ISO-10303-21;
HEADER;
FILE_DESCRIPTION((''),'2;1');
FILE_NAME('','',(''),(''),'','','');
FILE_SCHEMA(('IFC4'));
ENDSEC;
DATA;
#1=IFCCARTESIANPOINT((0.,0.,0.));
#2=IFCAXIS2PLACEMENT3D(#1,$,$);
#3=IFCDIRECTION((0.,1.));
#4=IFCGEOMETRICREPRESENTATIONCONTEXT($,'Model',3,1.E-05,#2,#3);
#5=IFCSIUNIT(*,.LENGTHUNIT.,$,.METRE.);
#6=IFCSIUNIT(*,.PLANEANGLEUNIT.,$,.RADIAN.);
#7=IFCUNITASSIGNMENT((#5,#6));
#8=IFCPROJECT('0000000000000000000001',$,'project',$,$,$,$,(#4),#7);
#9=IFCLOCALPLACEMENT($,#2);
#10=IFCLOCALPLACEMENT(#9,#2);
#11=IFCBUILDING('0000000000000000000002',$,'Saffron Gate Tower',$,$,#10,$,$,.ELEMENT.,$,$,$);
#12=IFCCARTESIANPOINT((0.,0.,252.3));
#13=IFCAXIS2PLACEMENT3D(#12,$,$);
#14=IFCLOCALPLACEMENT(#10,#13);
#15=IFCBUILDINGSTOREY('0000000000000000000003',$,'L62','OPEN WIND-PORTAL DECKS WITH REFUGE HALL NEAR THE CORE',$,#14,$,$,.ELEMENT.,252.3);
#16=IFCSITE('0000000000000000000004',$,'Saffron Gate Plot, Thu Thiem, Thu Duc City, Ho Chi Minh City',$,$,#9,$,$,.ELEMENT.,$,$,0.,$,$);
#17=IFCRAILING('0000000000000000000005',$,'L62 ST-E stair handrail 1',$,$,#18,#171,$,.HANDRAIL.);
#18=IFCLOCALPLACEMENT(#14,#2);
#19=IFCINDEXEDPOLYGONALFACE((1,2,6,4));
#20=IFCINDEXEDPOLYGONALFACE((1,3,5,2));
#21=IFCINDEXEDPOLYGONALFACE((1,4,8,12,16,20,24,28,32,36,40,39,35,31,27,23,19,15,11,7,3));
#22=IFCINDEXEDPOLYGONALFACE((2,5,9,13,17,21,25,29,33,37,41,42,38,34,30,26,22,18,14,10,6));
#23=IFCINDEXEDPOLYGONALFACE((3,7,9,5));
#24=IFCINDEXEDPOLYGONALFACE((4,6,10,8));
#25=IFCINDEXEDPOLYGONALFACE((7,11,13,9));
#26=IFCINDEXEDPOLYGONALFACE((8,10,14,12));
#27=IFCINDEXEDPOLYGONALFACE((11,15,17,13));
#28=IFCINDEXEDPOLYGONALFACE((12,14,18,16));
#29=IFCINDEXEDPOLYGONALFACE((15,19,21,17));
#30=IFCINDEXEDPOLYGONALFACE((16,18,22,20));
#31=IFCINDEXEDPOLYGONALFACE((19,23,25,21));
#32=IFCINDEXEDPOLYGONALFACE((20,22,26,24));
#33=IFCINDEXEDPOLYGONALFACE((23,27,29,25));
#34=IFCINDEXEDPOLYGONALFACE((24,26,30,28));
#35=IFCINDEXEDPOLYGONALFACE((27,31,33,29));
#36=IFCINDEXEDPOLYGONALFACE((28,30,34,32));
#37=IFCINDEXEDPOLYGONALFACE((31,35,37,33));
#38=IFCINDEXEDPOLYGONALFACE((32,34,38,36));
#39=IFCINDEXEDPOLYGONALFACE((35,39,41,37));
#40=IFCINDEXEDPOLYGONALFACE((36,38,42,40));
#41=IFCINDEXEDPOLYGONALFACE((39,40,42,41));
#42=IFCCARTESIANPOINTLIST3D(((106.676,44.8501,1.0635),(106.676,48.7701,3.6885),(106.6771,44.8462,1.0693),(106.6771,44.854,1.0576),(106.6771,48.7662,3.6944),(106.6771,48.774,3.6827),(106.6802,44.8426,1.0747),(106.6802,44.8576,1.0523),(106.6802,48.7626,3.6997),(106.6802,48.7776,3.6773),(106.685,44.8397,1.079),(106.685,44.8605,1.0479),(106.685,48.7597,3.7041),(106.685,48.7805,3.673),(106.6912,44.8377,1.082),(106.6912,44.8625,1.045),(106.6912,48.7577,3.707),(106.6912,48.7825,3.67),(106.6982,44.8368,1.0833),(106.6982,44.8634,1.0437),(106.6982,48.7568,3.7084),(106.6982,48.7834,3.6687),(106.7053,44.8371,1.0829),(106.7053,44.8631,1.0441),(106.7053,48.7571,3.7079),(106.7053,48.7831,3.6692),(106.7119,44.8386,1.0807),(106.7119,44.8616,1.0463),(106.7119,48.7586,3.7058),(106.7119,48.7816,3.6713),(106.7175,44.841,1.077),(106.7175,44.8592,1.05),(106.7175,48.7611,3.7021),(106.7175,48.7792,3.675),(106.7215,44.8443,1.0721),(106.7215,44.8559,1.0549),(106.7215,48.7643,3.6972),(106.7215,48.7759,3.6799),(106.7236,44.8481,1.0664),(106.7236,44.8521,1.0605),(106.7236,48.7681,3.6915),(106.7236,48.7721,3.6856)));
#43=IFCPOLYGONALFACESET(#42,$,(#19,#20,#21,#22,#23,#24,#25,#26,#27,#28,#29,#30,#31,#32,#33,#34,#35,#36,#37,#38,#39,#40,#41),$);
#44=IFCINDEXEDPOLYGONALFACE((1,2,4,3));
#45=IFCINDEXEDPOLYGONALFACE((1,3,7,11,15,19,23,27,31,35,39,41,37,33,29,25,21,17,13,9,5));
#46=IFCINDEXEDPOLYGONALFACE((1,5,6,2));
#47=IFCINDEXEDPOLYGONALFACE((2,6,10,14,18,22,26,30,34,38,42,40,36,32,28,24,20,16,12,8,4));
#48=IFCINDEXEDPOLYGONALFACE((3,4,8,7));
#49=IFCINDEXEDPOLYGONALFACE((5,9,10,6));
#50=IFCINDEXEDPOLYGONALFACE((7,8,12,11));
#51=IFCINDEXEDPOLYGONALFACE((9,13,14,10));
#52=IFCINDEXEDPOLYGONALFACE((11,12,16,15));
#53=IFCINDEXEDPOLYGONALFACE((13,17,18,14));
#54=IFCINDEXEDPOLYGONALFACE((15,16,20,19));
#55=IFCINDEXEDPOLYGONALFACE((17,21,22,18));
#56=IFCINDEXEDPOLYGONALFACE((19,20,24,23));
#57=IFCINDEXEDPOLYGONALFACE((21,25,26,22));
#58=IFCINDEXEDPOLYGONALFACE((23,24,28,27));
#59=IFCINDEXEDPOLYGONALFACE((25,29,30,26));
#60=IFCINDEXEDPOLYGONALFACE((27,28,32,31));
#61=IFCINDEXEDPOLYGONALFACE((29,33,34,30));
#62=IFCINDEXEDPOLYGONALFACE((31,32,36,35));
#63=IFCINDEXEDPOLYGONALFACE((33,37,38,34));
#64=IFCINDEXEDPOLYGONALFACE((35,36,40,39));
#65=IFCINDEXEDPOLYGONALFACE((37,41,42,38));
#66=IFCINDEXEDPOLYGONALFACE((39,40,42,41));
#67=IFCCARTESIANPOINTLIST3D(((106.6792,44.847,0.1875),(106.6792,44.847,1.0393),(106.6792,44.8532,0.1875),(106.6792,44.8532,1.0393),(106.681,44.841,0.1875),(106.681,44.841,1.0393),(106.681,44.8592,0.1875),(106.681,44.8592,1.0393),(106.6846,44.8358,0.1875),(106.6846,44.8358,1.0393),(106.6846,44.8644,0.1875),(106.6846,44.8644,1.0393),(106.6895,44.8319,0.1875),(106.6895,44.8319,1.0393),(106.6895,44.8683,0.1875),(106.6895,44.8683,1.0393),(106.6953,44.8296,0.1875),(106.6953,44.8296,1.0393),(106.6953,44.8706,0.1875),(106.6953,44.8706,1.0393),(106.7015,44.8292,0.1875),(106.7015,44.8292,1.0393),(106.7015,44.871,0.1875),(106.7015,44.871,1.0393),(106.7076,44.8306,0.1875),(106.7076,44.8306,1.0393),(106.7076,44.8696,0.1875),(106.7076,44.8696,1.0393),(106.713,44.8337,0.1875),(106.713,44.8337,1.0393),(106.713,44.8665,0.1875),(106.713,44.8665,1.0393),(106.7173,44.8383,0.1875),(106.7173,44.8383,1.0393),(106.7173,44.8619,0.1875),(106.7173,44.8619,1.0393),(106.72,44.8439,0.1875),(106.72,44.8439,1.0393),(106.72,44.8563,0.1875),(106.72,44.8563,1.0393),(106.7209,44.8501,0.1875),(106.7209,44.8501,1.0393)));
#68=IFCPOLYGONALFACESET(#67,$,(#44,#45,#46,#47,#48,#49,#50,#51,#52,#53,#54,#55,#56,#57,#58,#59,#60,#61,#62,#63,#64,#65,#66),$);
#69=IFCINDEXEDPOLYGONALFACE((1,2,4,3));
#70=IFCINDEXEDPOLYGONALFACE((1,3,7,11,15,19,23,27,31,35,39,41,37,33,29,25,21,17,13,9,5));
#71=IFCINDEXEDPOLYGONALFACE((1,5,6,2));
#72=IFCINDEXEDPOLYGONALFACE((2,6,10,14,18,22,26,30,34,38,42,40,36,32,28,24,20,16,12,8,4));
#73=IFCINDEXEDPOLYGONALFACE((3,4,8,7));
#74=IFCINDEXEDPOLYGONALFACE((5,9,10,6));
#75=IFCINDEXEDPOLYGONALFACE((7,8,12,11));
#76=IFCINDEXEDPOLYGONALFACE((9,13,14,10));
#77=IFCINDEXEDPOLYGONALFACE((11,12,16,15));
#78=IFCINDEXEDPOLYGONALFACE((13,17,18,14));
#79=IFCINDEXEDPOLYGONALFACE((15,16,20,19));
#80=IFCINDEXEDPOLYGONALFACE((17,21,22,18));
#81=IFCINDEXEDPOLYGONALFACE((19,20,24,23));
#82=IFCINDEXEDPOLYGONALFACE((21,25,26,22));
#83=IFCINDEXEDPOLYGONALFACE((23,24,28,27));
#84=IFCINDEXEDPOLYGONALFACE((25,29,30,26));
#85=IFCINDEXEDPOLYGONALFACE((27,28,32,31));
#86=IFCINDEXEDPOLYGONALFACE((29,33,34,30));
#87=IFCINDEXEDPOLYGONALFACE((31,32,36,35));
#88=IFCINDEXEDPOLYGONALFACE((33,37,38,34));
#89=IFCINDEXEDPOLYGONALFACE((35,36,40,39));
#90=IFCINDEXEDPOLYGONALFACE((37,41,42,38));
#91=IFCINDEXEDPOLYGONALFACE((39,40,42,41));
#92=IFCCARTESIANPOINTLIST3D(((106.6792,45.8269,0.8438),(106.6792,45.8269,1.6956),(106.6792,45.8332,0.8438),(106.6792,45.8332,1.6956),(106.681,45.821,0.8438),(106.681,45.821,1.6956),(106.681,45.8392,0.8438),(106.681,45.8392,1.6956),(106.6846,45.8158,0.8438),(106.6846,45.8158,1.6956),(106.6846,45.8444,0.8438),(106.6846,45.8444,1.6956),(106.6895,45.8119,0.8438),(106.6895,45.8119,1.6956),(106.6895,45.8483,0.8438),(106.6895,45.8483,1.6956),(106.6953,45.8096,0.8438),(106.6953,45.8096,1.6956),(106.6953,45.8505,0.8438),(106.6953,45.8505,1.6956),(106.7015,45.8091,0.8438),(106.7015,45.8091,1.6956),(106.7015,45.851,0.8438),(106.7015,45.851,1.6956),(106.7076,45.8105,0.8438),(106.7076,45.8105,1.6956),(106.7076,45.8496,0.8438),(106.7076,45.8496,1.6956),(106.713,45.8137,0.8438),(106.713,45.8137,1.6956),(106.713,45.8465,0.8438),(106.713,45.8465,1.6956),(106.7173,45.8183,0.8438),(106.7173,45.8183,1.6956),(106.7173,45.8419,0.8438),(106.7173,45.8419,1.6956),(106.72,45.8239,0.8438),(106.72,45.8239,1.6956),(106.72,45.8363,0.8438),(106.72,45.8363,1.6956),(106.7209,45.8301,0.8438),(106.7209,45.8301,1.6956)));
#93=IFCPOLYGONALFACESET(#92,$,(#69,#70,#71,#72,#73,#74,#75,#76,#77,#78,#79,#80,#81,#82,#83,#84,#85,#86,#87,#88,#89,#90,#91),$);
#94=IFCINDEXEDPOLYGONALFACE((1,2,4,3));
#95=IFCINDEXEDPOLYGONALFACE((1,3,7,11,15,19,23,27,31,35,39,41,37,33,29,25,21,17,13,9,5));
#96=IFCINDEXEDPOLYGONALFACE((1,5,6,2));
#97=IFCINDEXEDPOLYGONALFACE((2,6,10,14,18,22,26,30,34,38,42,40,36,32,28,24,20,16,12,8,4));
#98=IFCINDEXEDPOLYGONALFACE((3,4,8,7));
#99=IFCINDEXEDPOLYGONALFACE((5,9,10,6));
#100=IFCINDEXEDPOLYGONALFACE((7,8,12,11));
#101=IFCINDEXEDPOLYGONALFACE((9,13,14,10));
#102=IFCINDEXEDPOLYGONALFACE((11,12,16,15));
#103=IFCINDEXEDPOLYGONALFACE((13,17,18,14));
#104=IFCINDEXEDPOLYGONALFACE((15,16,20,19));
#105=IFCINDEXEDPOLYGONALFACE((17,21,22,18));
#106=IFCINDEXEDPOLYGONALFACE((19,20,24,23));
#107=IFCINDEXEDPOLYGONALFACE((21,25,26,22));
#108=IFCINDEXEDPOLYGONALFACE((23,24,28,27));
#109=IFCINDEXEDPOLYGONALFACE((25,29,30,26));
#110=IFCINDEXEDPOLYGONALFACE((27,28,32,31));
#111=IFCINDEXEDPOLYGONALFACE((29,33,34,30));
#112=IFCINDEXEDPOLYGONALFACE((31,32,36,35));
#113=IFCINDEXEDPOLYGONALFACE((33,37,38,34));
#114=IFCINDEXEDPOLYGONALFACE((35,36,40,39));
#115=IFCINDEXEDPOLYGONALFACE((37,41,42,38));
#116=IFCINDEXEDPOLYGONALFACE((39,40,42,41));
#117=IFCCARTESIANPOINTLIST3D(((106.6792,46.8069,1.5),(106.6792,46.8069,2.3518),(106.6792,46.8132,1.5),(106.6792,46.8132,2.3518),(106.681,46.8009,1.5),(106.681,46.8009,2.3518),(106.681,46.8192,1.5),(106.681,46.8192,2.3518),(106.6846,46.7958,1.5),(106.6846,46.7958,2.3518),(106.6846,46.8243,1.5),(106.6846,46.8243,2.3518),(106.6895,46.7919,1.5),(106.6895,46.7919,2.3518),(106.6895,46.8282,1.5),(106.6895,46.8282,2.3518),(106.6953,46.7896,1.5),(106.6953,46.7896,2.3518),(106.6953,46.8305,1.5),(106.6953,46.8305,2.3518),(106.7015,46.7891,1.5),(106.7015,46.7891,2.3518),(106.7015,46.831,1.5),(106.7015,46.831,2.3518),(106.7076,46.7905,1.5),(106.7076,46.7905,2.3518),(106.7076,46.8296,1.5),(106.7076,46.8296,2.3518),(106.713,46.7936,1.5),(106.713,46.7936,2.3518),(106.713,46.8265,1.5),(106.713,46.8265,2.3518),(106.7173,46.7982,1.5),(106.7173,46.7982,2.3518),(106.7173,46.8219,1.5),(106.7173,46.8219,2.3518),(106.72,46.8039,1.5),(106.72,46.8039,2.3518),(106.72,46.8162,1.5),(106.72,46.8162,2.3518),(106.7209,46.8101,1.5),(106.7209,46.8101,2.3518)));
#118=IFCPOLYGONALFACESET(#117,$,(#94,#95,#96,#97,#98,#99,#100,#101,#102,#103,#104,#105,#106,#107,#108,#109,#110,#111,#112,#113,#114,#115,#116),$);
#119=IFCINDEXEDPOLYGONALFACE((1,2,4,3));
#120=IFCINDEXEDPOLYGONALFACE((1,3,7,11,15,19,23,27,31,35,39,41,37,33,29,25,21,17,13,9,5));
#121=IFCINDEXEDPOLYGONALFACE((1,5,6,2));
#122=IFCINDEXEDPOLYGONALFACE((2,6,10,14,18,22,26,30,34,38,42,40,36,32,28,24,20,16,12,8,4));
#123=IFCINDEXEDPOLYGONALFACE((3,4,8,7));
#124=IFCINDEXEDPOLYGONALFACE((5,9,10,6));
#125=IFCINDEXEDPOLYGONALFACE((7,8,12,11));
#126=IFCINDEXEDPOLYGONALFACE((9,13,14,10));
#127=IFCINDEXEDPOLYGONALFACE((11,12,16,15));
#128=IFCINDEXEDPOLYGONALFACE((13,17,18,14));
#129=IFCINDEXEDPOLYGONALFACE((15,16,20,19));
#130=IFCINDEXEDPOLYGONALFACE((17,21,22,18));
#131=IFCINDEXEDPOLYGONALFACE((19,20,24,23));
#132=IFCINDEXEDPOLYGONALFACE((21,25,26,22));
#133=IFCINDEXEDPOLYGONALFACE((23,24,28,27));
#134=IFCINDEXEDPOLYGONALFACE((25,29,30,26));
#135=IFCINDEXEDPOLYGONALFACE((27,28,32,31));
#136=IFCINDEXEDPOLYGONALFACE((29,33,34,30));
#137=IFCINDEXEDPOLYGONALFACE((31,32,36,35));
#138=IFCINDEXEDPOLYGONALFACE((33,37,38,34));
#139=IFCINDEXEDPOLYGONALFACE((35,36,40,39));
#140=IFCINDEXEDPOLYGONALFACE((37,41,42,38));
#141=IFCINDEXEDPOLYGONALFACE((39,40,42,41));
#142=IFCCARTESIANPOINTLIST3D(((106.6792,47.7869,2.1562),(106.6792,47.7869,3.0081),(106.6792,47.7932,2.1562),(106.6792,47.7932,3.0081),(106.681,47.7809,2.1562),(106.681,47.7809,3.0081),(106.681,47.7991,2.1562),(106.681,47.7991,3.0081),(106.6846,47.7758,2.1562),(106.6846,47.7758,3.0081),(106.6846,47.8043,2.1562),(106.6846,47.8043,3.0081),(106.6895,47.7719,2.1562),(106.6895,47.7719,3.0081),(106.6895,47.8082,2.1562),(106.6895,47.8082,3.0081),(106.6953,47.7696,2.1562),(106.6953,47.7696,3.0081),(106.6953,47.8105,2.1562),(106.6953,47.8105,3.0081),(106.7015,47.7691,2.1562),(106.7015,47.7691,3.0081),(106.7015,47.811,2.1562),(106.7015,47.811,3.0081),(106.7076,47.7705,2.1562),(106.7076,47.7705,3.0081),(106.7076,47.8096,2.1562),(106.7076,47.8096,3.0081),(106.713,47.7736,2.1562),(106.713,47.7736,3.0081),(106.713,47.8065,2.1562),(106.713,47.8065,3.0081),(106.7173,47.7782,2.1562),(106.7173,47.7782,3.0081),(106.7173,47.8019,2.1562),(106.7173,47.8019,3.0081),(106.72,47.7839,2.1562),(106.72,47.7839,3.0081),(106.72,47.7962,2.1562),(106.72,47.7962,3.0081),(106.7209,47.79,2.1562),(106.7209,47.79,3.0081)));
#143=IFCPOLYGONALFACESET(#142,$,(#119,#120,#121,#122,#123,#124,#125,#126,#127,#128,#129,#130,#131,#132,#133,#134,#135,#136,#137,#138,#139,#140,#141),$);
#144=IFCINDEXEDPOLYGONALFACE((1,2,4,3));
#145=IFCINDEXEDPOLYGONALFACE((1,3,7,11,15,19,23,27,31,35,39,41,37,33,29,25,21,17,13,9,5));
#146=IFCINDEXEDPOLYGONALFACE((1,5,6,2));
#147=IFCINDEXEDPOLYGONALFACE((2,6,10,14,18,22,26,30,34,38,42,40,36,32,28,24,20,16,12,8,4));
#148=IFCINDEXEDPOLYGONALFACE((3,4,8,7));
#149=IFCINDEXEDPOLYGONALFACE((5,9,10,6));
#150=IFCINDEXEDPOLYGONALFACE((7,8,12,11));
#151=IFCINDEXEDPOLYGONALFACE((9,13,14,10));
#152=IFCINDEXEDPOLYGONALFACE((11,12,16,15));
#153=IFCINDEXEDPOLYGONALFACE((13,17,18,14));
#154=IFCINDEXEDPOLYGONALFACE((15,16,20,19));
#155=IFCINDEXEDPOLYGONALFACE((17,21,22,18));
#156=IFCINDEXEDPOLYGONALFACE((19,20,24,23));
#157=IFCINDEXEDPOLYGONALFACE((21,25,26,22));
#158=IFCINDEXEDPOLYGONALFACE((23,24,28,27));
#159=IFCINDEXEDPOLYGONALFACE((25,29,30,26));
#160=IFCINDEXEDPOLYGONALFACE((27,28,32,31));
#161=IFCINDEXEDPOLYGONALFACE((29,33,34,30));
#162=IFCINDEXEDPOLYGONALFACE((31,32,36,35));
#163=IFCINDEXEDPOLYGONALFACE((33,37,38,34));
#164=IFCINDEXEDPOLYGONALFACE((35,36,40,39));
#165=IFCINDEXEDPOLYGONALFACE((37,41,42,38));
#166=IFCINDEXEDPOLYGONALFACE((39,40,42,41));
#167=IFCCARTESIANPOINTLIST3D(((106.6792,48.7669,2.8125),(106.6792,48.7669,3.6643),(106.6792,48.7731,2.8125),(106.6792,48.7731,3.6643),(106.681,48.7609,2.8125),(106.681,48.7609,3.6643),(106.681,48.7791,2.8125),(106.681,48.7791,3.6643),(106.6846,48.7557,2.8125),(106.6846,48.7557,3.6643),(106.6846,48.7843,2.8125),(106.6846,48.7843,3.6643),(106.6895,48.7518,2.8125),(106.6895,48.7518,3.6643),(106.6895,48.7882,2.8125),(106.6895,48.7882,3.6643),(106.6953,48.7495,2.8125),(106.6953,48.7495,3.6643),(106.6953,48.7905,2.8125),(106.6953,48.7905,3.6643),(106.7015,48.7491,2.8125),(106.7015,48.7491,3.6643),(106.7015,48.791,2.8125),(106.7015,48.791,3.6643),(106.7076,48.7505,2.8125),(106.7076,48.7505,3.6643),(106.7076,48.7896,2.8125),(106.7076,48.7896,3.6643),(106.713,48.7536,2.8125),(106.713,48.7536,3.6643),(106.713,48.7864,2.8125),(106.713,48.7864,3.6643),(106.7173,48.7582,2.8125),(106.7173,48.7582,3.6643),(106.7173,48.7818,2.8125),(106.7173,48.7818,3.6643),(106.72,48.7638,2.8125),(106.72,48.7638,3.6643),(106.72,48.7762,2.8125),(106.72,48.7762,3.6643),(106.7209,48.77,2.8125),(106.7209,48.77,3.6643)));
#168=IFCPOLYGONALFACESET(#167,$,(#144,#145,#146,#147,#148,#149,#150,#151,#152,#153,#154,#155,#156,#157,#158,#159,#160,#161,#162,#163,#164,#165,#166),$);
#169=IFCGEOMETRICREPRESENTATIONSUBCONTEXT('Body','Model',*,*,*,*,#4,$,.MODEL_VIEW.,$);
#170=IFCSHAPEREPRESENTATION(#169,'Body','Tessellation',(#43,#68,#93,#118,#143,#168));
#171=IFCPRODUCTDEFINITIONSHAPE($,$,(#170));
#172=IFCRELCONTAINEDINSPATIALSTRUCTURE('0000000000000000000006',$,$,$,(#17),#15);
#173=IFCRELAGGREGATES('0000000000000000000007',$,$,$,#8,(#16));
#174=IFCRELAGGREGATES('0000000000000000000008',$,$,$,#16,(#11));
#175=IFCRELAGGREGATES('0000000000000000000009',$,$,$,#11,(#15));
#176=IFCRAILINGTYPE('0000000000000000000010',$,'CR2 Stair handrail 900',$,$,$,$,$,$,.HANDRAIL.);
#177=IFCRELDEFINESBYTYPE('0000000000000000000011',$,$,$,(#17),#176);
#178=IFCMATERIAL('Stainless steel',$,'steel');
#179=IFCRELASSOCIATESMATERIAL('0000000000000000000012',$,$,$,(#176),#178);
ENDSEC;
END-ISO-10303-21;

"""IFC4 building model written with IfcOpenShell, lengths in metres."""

from ifc_helpers import new_model, si_unit, direction, frame, origin, origin_2d, place, context, subcontext, project, spatial, circle, extrude, material, type_object, element, save


model = new_model("IFC4")

# Units and contexts
model_context = context("Model", 3, precision=1e-05, world=origin(), true_north=direction((0.0, 1.0)))
body_context = subcontext(model_context, "Body", "Model", "MODEL_VIEW")
ifc_project = project(units=[si_unit("LENGTHUNIT", "METRE"), si_unit("PLANEANGLEUNIT", "RADIAN")], contexts=[model_context])

# Site, building, storey
site_placement = place(None, origin())
site = spatial("IfcSite", under=ifc_project, at=site_placement, Name="Saffron Gate Plot, Thu Thiem, Thu Duc City, Ho Chi Minh City", CompositionType="ELEMENT", RefElevation=0.0)
building_placement = place(site_placement, origin())
building = spatial("IfcBuilding", under=site, at=building_placement, Name="Saffron Gate Tower", CompositionType="ELEMENT")
storey_placement = place(building_placement, frame((0.0, 0.0, 252.3)))
storey = spatial("IfcBuildingStorey", under=building, at=storey_placement, Name="L62", Description="OPEN WIND-PORTAL DECKS WITH REFUGE HALL NEAR THE CORE", CompositionType="ELEMENT", Elevation=252.3)

# Railing
ifc_material_1 = material(Name="Stainless steel", Category="steel")
railing_type_1 = type_object("IfcRailingType", Name="CR2 Stair handrail 900", PredefinedType="HANDRAIL", material=ifc_material_1)
railing_1_placement = place(storey_placement, frame((106.7, 44.8501, 0.1875)))
element("IfcRailing", 1, at=railing_1_placement, inside=storey, type_object=railing_type_1, Name="L62 ST-E stair handrail 1", PredefinedType="HANDRAIL", context=body_context, shape_type="SweptSolid", body=[
    extrude(circle(Radius=0.0239, at=origin_2d()), frame((0.0, 0.0, 0.876), z_axis=(0.0, 0.830902, 0.556419), x_axis=(-1.0, 0.0, 0.0)), (0.0, 0.0, 1.0), 4.7178),
    extrude(circle(Radius=0.021, at=origin_2d()), origin(), (0.0, 0.0, 1.0), 0.8518),
    extrude(circle(Radius=0.021, at=origin_2d()), frame((0.0, 0.98, 0.6562)), (0.0, 0.0, 1.0), 0.8518),
    extrude(circle(Radius=0.021, at=origin_2d()), frame((0.0, 1.96, 1.3125)), (0.0, 0.0, 1.0), 0.8518),
    extrude(circle(Radius=0.021, at=origin_2d()), frame((0.0, 2.9399, 1.9688)), (0.0, 0.0, 1.0), 0.8518),
    extrude(circle(Radius=0.021, at=origin_2d()), frame((0.0, 3.9199, 2.625)), (0.0, 0.0, 1.0), 0.8518),
])

save(model, "model.ifc")
